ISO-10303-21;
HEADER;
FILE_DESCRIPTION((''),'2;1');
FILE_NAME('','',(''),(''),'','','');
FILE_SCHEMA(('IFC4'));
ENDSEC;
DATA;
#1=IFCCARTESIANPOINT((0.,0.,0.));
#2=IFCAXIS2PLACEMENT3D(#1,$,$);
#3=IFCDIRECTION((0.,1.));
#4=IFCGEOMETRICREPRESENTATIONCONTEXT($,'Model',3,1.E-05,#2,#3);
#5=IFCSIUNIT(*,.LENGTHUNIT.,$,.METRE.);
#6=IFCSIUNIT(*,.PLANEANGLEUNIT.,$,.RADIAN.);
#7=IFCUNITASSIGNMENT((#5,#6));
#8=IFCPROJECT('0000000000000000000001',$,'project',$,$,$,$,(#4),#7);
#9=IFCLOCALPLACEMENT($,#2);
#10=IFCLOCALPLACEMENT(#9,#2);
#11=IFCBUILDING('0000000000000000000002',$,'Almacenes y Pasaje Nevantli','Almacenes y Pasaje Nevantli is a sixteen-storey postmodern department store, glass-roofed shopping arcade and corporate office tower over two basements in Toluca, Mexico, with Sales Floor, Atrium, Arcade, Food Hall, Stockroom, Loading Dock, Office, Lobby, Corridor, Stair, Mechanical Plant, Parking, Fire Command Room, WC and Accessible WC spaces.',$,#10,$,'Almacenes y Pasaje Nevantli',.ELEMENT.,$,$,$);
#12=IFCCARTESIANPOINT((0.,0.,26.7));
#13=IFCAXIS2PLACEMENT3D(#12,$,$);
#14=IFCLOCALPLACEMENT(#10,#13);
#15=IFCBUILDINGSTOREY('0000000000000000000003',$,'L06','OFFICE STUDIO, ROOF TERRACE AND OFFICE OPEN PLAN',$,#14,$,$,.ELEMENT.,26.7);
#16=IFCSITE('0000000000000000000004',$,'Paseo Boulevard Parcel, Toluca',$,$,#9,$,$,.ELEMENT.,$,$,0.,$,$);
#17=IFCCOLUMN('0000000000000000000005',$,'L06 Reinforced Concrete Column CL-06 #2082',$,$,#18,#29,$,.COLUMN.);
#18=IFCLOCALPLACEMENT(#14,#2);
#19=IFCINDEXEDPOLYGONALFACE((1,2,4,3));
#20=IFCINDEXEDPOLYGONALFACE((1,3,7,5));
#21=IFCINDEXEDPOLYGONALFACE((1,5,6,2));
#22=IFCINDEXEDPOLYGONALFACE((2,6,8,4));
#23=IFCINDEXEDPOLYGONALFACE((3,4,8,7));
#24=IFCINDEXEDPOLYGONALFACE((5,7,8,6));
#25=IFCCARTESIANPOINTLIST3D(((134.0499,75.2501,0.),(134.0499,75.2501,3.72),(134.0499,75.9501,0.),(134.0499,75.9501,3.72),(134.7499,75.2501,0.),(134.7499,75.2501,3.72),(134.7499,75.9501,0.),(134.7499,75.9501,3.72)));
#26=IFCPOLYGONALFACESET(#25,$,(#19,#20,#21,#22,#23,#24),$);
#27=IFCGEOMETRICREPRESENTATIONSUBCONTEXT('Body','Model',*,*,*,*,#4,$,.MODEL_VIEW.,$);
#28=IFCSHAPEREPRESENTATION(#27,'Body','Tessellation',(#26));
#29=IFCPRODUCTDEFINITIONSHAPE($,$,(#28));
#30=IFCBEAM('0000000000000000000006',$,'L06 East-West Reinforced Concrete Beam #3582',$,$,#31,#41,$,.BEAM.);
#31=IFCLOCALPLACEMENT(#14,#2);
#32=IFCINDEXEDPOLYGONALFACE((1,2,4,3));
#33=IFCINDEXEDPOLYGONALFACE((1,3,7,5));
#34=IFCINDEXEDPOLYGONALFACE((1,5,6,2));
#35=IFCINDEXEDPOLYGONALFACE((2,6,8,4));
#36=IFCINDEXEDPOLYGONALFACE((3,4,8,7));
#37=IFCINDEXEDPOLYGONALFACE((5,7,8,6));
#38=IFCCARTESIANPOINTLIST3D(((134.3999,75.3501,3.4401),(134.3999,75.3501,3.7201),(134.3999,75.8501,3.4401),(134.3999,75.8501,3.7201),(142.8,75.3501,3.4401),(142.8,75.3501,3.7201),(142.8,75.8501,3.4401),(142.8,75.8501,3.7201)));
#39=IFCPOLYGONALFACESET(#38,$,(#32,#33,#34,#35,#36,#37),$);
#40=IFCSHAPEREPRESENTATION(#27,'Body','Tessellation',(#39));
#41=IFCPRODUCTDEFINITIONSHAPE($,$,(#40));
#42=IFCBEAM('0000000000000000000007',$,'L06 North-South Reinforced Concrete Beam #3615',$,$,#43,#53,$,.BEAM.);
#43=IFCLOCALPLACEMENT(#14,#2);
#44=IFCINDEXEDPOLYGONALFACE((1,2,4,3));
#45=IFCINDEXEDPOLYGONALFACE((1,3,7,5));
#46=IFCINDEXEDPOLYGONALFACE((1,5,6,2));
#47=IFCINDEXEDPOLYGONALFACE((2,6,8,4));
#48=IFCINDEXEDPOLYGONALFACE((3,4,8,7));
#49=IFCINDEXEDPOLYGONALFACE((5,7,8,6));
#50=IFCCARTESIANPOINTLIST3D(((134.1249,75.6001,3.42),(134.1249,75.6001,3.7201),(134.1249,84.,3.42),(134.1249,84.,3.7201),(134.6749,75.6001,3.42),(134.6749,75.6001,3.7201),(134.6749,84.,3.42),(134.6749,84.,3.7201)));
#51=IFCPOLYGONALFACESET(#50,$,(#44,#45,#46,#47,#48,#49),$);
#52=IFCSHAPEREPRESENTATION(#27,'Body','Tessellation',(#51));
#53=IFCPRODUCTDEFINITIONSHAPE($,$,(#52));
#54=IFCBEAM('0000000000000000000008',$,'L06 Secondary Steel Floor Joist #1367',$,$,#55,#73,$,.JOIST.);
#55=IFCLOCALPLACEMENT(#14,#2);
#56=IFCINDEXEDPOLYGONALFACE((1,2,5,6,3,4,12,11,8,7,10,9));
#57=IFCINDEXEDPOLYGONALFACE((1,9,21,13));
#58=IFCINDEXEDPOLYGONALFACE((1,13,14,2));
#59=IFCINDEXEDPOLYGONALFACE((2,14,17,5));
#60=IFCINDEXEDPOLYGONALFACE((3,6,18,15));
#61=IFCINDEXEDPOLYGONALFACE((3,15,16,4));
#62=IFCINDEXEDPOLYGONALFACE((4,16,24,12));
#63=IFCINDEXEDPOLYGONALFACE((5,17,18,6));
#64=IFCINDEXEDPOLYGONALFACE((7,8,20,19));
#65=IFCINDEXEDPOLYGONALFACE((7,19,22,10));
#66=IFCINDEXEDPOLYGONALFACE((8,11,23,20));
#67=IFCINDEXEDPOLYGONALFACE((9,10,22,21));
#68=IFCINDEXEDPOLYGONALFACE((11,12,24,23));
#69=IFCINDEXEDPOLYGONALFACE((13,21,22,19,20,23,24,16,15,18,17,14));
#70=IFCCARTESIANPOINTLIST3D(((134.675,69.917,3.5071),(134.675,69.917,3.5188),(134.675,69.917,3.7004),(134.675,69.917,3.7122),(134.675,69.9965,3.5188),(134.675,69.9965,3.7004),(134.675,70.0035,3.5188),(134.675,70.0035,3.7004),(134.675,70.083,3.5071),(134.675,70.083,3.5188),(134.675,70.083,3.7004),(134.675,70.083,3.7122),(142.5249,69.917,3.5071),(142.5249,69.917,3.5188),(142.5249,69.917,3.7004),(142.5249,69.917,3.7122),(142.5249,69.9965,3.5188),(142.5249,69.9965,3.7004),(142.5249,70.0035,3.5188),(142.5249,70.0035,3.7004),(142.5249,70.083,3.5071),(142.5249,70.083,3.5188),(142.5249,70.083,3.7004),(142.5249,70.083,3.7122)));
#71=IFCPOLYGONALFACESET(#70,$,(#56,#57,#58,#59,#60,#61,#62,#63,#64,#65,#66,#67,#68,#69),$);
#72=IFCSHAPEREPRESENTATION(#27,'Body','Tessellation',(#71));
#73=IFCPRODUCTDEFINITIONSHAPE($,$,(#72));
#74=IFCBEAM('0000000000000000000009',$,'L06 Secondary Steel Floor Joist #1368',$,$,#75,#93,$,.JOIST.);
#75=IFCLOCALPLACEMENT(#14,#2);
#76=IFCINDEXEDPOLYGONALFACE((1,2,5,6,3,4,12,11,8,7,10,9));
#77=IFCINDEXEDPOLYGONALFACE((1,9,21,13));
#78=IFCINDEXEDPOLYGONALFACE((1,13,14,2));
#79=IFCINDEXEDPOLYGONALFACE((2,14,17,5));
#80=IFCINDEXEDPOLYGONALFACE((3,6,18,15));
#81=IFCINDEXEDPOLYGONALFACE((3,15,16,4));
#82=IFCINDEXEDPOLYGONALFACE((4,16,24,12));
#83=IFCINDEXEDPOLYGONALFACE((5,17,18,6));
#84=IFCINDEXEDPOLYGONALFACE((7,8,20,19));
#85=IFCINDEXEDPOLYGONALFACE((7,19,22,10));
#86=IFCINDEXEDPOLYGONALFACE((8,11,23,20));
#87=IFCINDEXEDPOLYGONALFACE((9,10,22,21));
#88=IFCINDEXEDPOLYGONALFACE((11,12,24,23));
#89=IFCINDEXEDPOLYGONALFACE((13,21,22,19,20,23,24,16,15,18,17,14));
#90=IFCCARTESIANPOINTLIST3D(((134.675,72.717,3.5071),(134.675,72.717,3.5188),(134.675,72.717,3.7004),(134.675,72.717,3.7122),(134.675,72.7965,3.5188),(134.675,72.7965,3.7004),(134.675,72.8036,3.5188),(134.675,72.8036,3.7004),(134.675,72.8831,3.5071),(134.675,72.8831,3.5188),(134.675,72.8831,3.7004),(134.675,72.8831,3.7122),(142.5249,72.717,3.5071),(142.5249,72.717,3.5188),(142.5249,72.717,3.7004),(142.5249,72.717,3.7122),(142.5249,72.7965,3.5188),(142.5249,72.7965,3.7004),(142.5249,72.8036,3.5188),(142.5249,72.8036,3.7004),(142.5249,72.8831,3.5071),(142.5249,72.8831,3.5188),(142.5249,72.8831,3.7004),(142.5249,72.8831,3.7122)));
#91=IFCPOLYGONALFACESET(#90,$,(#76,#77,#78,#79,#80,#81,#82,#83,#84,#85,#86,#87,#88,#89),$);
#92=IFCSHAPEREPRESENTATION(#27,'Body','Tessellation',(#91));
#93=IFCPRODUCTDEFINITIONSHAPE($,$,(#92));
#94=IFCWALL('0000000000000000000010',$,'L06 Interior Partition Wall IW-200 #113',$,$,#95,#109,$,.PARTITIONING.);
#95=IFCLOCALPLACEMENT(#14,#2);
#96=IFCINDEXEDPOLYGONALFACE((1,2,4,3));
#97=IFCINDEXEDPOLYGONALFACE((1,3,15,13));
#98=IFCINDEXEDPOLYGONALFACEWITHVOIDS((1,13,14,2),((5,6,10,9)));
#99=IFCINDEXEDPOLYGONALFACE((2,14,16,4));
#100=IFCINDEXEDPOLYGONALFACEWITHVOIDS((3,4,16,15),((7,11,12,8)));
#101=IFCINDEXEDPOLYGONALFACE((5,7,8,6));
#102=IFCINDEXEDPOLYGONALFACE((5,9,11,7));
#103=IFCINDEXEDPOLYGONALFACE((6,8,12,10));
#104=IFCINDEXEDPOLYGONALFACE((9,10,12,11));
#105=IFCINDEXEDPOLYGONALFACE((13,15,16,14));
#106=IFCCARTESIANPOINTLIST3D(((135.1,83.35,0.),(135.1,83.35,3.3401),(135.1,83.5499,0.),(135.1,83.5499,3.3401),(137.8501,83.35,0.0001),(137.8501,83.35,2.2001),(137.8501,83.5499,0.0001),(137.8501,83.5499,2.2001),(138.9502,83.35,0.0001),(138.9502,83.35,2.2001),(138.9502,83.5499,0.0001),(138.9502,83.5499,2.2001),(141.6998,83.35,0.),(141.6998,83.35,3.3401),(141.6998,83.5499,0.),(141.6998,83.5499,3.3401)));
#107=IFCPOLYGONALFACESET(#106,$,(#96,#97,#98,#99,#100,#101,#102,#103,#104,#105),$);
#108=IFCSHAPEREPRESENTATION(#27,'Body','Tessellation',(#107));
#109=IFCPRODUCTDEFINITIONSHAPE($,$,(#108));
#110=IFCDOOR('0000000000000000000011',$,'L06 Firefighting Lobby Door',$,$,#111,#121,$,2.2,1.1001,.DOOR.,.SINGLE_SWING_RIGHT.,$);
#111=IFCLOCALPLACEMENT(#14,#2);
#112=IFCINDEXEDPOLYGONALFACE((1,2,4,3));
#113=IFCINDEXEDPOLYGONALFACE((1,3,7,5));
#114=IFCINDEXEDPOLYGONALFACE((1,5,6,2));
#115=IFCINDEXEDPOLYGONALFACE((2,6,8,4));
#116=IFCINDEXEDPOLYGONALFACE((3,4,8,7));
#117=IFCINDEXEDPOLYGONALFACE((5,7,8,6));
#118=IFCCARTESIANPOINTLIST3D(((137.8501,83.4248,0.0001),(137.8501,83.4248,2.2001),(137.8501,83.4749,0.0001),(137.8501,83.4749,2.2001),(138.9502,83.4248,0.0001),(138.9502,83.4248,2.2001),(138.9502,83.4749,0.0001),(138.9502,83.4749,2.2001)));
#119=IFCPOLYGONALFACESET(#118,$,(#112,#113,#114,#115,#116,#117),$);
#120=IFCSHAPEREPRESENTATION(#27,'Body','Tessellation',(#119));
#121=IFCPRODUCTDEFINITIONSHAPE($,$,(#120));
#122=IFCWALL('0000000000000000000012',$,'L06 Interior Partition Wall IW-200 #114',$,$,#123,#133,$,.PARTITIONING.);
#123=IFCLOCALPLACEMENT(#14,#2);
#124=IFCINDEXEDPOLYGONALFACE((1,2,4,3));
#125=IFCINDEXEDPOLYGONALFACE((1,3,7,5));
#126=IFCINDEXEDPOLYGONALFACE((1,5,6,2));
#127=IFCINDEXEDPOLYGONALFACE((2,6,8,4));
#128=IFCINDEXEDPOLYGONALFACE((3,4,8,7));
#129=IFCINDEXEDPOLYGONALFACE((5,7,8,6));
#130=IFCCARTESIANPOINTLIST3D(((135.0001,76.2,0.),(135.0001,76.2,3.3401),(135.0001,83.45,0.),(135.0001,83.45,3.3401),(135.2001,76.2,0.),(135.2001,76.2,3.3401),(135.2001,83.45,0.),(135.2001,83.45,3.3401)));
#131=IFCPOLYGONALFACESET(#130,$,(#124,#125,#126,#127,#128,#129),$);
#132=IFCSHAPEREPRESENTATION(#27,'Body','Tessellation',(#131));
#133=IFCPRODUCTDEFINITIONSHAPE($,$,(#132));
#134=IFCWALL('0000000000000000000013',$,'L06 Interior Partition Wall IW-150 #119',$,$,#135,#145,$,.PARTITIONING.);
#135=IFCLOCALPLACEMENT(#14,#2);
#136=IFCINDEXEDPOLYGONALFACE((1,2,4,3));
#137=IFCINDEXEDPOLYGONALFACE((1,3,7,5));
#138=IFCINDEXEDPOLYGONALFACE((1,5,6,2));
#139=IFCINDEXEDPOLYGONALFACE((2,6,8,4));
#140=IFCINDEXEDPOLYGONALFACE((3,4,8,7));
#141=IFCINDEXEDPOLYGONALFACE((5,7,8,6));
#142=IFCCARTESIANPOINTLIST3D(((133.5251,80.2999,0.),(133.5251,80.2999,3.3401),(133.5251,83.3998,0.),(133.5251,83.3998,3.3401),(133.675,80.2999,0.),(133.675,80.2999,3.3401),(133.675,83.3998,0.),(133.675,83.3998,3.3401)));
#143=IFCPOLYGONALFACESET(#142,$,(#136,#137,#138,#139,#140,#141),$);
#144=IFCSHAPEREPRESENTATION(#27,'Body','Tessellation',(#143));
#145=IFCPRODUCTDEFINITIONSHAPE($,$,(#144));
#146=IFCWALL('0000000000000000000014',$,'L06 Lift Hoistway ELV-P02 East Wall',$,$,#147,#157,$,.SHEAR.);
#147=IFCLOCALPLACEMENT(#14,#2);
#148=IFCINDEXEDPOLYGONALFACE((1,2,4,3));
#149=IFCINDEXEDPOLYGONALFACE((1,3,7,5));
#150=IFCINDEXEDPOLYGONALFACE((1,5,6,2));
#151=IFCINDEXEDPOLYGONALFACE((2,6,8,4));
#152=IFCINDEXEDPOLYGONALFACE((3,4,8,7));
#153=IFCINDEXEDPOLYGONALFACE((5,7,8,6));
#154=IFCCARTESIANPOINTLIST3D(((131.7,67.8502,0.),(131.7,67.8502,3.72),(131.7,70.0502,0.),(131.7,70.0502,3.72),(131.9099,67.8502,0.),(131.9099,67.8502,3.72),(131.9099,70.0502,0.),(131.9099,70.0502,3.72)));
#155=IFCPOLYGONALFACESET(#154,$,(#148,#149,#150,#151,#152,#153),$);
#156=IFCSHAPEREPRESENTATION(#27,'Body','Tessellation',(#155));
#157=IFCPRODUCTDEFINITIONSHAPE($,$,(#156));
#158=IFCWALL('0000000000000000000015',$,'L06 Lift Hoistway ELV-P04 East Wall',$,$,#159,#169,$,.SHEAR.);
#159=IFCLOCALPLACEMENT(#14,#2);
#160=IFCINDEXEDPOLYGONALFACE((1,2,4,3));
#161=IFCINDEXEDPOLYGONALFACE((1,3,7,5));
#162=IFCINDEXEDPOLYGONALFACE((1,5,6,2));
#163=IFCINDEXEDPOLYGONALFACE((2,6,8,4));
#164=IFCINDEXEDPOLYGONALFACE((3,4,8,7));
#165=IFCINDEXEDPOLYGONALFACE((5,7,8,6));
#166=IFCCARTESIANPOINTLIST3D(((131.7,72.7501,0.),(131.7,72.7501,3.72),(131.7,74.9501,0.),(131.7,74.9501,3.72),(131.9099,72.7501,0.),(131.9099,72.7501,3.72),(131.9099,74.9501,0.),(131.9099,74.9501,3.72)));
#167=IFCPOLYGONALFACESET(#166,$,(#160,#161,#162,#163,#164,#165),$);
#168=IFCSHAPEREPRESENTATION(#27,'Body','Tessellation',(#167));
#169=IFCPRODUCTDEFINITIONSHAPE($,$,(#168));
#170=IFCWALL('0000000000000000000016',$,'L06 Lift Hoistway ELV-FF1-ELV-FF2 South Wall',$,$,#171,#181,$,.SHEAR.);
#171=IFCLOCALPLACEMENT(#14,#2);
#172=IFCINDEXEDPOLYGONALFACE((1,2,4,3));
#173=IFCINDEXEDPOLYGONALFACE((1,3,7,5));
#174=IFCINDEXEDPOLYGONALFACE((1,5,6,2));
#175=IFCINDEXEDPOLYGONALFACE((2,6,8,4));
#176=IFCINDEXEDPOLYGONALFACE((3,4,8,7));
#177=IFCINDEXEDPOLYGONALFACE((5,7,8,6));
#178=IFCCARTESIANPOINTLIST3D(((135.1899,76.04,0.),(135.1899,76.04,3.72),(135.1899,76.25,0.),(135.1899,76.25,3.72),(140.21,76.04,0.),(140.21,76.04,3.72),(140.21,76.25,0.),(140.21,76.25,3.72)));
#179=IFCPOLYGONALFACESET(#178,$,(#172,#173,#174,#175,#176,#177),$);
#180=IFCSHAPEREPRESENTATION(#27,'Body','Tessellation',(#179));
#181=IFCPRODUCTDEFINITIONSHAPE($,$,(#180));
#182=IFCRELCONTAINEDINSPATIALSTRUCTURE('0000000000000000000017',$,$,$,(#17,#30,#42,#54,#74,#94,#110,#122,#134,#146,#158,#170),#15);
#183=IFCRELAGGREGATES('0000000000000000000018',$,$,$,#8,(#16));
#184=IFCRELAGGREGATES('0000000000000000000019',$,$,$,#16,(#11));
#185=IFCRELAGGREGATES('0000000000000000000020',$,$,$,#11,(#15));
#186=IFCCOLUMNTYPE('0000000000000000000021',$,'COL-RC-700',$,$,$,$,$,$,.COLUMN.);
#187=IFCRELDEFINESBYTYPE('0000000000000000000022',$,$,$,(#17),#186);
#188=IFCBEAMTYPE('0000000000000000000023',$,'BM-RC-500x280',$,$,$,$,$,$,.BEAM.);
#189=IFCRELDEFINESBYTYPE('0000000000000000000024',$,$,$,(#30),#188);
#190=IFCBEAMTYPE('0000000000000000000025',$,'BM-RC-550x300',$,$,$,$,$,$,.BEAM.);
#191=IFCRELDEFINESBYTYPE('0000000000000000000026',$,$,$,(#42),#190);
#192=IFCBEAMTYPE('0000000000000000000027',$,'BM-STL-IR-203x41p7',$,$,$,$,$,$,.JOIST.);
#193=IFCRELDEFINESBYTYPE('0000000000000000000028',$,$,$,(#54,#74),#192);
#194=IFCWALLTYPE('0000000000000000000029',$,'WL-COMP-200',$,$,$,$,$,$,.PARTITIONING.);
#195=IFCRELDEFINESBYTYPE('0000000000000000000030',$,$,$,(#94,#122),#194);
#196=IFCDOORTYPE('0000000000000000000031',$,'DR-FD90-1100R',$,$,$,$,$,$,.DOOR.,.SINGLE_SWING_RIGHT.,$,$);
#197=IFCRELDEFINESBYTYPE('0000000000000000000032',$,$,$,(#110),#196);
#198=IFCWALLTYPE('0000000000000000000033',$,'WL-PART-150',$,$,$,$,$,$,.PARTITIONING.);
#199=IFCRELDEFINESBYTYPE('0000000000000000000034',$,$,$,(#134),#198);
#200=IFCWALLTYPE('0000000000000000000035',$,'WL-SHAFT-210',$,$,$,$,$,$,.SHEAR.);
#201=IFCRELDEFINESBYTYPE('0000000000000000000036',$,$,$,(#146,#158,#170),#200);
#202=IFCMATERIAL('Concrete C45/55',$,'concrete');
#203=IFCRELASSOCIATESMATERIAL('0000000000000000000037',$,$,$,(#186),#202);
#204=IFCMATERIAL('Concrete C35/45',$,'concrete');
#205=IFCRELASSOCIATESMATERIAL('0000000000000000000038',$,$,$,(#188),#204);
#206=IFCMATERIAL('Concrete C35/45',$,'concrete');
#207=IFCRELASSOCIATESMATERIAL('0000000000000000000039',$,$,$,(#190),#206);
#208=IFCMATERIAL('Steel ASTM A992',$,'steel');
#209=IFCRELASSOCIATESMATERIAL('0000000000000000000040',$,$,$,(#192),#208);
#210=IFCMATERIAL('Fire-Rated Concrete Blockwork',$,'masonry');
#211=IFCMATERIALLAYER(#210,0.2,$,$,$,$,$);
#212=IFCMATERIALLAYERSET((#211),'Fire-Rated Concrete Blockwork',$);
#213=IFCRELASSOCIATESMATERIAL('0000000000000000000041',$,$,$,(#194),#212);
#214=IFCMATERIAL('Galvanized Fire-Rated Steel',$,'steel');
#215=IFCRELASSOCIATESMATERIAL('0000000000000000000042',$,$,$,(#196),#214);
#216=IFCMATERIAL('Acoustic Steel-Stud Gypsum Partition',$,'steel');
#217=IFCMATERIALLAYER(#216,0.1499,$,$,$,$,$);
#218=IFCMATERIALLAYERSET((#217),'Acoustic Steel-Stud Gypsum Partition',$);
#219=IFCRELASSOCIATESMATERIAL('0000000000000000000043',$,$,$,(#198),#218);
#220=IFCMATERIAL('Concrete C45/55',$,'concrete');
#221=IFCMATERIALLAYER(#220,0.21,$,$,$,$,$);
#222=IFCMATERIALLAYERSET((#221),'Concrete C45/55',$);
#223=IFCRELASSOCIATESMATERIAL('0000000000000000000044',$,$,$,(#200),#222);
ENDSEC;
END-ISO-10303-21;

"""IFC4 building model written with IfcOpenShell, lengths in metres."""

from ifc_helpers import new_model, si_unit, direction, frame, frame_2d, origin, origin_2d, place, context, subcontext, project, spatial, rectangle, i_section, extrude, material, layer, layer_set, material_profile, profile_set, type_object, element, fill, save


model = new_model("IFC4")

# Units and contexts
model_context = context("Model", 3, precision=1e-05, world=origin(), true_north=direction((0.0, 1.0)))
body_context = subcontext(model_context, "Body", "Model", "MODEL_VIEW")
ifc_project = project(units=[si_unit("LENGTHUNIT", "METRE"), si_unit("PLANEANGLEUNIT", "RADIAN")], contexts=[model_context])

# Site, building, storey
site_placement = place(None, origin())
site = spatial("IfcSite", under=ifc_project, at=site_placement, Name="Paseo Boulevard Parcel, Toluca", CompositionType="ELEMENT", RefElevation=0.0)
building_placement = place(site_placement, origin())
building = spatial("IfcBuilding", under=site, at=building_placement, Name="Almacenes y Pasaje Nevantli", Description="Almacenes y Pasaje Nevantli is a sixteen-storey postmodern department store, glass-roofed shopping arcade and corporate office tower over two basements in Toluca, Mexico, with Sales Floor, Atrium, Arcade, Food Hall, Stockroom, Loading Dock, Office, Lobby, Corridor, Stair, Mechanical Plant, Parking, Fire Command Room, WC and Accessible WC spaces.", LongName="Almacenes y Pasaje Nevantli", CompositionType="ELEMENT")
storey_placement = place(building_placement, frame((0.0, 0.0, 26.7)))
storey = spatial("IfcBuildingStorey", under=building, at=storey_placement, Name="L06", Description="OFFICE STUDIO, ROOF TERRACE AND OFFICE OPEN PLAN", CompositionType="ELEMENT", Elevation=26.7)

# Column
ifc_material_1 = material(Name="Concrete C45/55", Category="concrete")
ifc_material_profile_1 = material_profile(ifc_material_1, rectangle(XDim=0.7, YDim=0.7, at=origin_2d()), Name="RC-COL-700x700")
ifc_profile_set_1 = profile_set([ifc_material_profile_1], Name="Concrete C45/55")
column_type = type_object("IfcColumnType", Name="COL-RC-700", PredefinedType="COLUMN", material=ifc_profile_set_1)
column_placement = place(storey_placement, frame((134.3999, 75.6001, 0.0), z_axis=(0.0, 0.0, 1.0), x_axis=(1.0, 0.0, 0.0)))
element("IfcColumn", 1, at=column_placement, inside=storey, type_object=column_type, Name="L06 Reinforced Concrete Column CL-06 #2082", PredefinedType="COLUMN", context=body_context, shape_type="SweptSolid", body=[
    extrude(rectangle(XDim=0.7, YDim=0.7, at=origin_2d()), origin(), (0.0, 0.0, 1.0), 3.72),
])

# Beams
ifc_material_2 = material(Name="Concrete C35/45", Category="concrete")
ifc_material_profile_2 = material_profile(ifc_material_2, rectangle(XDim=0.5, YDim=0.28, at=origin_2d()), Name="RC-BM-500x280")
ifc_profile_set_2 = profile_set([ifc_material_profile_2], Name="Concrete C35/45")
beam_type_1 = type_object("IfcBeamType", Name="BM-RC-500x280", PredefinedType="BEAM", material=ifc_profile_set_2)
beam_1_placement = place(storey_placement, frame((134.3999, 75.6001, 3.5801), z_axis=(1.0, 0.0, 0.0), x_axis=(0.0, 1.0, 0.0)))
element("IfcBeam", 2, at=beam_1_placement, inside=storey, type_object=beam_type_1, Name="L06 East-West Reinforced Concrete Beam #3582", PredefinedType="BEAM", context=body_context, shape_type="SweptSolid", body=[
    extrude(rectangle(XDim=0.5, YDim=0.28, at=origin_2d()), origin(), (0.0, 0.0, 1.0), 8.4001),
])
ifc_material_3 = material(Name="Concrete C35/45", Category="concrete")
ifc_material_profile_3 = material_profile(ifc_material_3, rectangle(XDim=0.55, YDim=0.3, at=origin_2d()), Name="RC-BM-550x300")
ifc_profile_set_3 = profile_set([ifc_material_profile_3], Name="Concrete C35/45")
beam_type_2 = type_object("IfcBeamType", Name="BM-RC-550x300", PredefinedType="BEAM", material=ifc_profile_set_3)
beam_2_placement = place(storey_placement, frame((134.3999, 75.6001, 3.5701), z_axis=(0.0, 1.0, 0.0), x_axis=(-1.0, 0.0, 0.0)))
element("IfcBeam", 3, at=beam_2_placement, inside=storey, type_object=beam_type_2, Name="L06 North-South Reinforced Concrete Beam #3615", PredefinedType="BEAM", context=body_context, shape_type="SweptSolid", body=[
    extrude(rectangle(XDim=0.55, YDim=0.3, at=origin_2d()), origin(), (0.0, 0.0, 1.0), 8.3999),
])
ifc_material_4 = material(Name="Steel ASTM A992", Category="steel")
ifc_material_profile_4 = material_profile(ifc_material_4, i_section(OverallWidth=0.166, OverallDepth=0.2051, WebThickness=0.0071, FlangeThickness=0.0117, at=origin_2d()), Name="IR 203x41.7")
ifc_profile_set_4 = profile_set([ifc_material_profile_4], Name="Steel ASTM A992")
beam_type_3 = type_object("IfcBeamType", Name="BM-STL-IR-203x41p7", PredefinedType="JOIST", material=ifc_profile_set_4)
for number, where, z_axis, x_axis, name in (
    (4, (134.675, 70.0, 3.6096), (1.0, 0.0, 0.0), (0.0, 1.0, 0.0), "L06 Secondary Steel Floor Joist #1367"),
    (5, (134.675, 72.8, 3.6096), (1.0, 0.0, 0.0), (0.0, 1.0, 0.0), "L06 Secondary Steel Floor Joist #1368"),
):
    element("IfcBeam", number, at=place(storey_placement, frame(where, z_axis=z_axis, x_axis=x_axis)), inside=storey, type_object=beam_type_3, Name=name, PredefinedType="JOIST", context=body_context, shape_type="SweptSolid", body=[
        extrude(i_section(OverallWidth=0.166, OverallDepth=0.2051, WebThickness=0.0071, FlangeThickness=0.0117, at=origin_2d()), origin(), (0.0, 0.0, 1.0), 7.8499),
    ])

# Wall, opening, door
ifc_material_5 = material(Name="Fire-Rated Concrete Blockwork", Category="masonry")
ifc_layer_1 = layer(ifc_material_5, 0.2)
ifc_layer_set_1 = layer_set([ifc_layer_1], Name="Fire-Rated Concrete Blockwork")
wall_type_1 = type_object("IfcWallType", Name="WL-COMP-200", PredefinedType="PARTITIONING", material=ifc_layer_set_1)
wall_1_placement = place(storey_placement, frame((135.1001, 83.45, 0.0), z_axis=(0.0, 0.0, 1.0), x_axis=(1.0, 0.0, 0.0)))
wall_1 = element("IfcWall", 6, at=wall_1_placement, inside=storey, type_object=wall_type_1, Name="L06 Interior Partition Wall IW-200 #113", PredefinedType="PARTITIONING", context=body_context, shape_type="SweptSolid", body=[
    extrude(rectangle(XDim=6.5999, YDim=0.2, at=frame_2d((3.2998, 0.0))), origin(), (0.0, 0.0, 1.0), 3.3401),
])
opening_1_placement = place(wall_1_placement, frame((2.75, 0.0, 0.0)))
opening_1 = element("IfcOpeningElement", 7, at=opening_1_placement, cuts=wall_1, PredefinedType="OPENING", context=body_context, shape_type="SweptSolid", body=[
    extrude(rectangle(XDim=1.1001, YDim=2.2, at=frame_2d((0.55, 1.1001))), frame((0.0, 0.1099, 0.0), z_axis=(0.0, -1.0, 0.0), x_axis=(1.0, 0.0, 0.0)), (0.0, 0.0, 1.0), 0.22),
])
ifc_material_6 = material(Name="Galvanized Fire-Rated Steel", Category="steel")
door_type_1 = type_object("IfcDoorType", Name="DR-FD90-1100R", OperationType="SINGLE_SWING_RIGHT", PredefinedType="DOOR", material=ifc_material_6)
door_1_placement = place(opening_1_placement, origin())
door_1 = element("IfcDoor", 8, at=door_1_placement, inside=storey, type_object=door_type_1, Name="L06 Firefighting Lobby Door", OperationType="SINGLE_SWING_RIGHT", OverallHeight=2.2, OverallWidth=1.1001, PredefinedType="DOOR", context=body_context, shape_type="SweptSolid", body=[
    extrude(rectangle(XDim=1.1001, YDim=2.2, at=frame_2d((0.55, 1.1001))), frame((0.0, 0.0249, 0.0), z_axis=(0.0, -1.0, 0.0), x_axis=(1.0, 0.0, 0.0)), (0.0, 0.0, 1.0), 0.05),
])
fill(opening_1, door_1)

# Walls
wall_2_placement = place(storey_placement, frame((135.1001, 76.2, 0.0), z_axis=(0.0, 0.0, 1.0), x_axis=(0.0, 1.0, 0.0)))
element("IfcWall", 9, at=wall_2_placement, inside=storey, type_object=wall_type_1, Name="L06 Interior Partition Wall IW-200 #114", PredefinedType="PARTITIONING", context=body_context, shape_type="SweptSolid", body=[
    extrude(rectangle(XDim=7.25, YDim=0.2, at=frame_2d((3.625, 0.0))), origin(), (0.0, 0.0, 1.0), 3.3401),
])
ifc_material_7 = material(Name="Acoustic Steel-Stud Gypsum Partition", Category="steel")
ifc_layer_2 = layer(ifc_material_7, 0.1499)
ifc_layer_set_2 = layer_set([ifc_layer_2], Name="Acoustic Steel-Stud Gypsum Partition")
wall_type_2 = type_object("IfcWallType", Name="WL-PART-150", PredefinedType="PARTITIONING", material=ifc_layer_set_2)
wall_3_placement = place(storey_placement, frame((133.6001, 80.3, 0.0), z_axis=(0.0, 0.0, 1.0), x_axis=(0.0, 1.0, 0.0)))
element("IfcWall", 10, at=wall_3_placement, inside=storey, type_object=wall_type_2, Name="L06 Interior Partition Wall IW-150 #119", PredefinedType="PARTITIONING", context=body_context, shape_type="SweptSolid", body=[
    extrude(rectangle(XDim=3.0999, YDim=0.1499, at=frame_2d((1.5498, 0.0))), origin(), (0.0, 0.0, 1.0), 3.3401),
])
ifc_material_8 = material(Name="Concrete C45/55", Category="concrete")
ifc_layer_3 = layer(ifc_material_8, 0.21)
ifc_layer_set_3 = layer_set([ifc_layer_3], Name="Concrete C45/55")
wall_type_3 = type_object("IfcWallType", Name="WL-SHAFT-210", PredefinedType="SHEAR", material=ifc_layer_set_3)
for number, where, z_axis, x_axis, name in (
    (11, (131.8049, 67.8501, 0.0), (0.0, 0.0, 1.0), (0.0, 1.0, 0.0), "L06 Lift Hoistway ELV-P02 East Wall"),
    (12, (131.8049, 72.75, 0.0), (0.0, 0.0, 1.0), (0.0, 1.0, 0.0), "L06 Lift Hoistway ELV-P04 East Wall"),
):
    element("IfcWall", number, at=place(storey_placement, frame(where, z_axis=z_axis, x_axis=x_axis)), inside=storey, type_object=wall_type_3, Name=name, PredefinedType="SHEAR", context=body_context, shape_type="SweptSolid", body=[
        extrude(rectangle(XDim=2.2, YDim=0.21, at=frame_2d((1.1001, 0.0))), origin(), (0.0, 0.0, 1.0), 3.72),
    ])
wall_4_placement = place(storey_placement, frame((135.1899, 76.145, 0.0), z_axis=(0.0, 0.0, 1.0), x_axis=(1.0, 0.0, 0.0)))
element("IfcWall", 13, at=wall_4_placement, inside=storey, type_object=wall_type_3, Name="L06 Lift Hoistway ELV-FF1-ELV-FF2 South Wall", PredefinedType="SHEAR", context=body_context, shape_type="SweptSolid", body=[
    extrude(rectangle(XDim=5.02, YDim=0.21, at=frame_2d((2.51, 0.0))), origin(), (0.0, 0.0, 1.0), 3.72),
])

save(model, "model.ifc")
